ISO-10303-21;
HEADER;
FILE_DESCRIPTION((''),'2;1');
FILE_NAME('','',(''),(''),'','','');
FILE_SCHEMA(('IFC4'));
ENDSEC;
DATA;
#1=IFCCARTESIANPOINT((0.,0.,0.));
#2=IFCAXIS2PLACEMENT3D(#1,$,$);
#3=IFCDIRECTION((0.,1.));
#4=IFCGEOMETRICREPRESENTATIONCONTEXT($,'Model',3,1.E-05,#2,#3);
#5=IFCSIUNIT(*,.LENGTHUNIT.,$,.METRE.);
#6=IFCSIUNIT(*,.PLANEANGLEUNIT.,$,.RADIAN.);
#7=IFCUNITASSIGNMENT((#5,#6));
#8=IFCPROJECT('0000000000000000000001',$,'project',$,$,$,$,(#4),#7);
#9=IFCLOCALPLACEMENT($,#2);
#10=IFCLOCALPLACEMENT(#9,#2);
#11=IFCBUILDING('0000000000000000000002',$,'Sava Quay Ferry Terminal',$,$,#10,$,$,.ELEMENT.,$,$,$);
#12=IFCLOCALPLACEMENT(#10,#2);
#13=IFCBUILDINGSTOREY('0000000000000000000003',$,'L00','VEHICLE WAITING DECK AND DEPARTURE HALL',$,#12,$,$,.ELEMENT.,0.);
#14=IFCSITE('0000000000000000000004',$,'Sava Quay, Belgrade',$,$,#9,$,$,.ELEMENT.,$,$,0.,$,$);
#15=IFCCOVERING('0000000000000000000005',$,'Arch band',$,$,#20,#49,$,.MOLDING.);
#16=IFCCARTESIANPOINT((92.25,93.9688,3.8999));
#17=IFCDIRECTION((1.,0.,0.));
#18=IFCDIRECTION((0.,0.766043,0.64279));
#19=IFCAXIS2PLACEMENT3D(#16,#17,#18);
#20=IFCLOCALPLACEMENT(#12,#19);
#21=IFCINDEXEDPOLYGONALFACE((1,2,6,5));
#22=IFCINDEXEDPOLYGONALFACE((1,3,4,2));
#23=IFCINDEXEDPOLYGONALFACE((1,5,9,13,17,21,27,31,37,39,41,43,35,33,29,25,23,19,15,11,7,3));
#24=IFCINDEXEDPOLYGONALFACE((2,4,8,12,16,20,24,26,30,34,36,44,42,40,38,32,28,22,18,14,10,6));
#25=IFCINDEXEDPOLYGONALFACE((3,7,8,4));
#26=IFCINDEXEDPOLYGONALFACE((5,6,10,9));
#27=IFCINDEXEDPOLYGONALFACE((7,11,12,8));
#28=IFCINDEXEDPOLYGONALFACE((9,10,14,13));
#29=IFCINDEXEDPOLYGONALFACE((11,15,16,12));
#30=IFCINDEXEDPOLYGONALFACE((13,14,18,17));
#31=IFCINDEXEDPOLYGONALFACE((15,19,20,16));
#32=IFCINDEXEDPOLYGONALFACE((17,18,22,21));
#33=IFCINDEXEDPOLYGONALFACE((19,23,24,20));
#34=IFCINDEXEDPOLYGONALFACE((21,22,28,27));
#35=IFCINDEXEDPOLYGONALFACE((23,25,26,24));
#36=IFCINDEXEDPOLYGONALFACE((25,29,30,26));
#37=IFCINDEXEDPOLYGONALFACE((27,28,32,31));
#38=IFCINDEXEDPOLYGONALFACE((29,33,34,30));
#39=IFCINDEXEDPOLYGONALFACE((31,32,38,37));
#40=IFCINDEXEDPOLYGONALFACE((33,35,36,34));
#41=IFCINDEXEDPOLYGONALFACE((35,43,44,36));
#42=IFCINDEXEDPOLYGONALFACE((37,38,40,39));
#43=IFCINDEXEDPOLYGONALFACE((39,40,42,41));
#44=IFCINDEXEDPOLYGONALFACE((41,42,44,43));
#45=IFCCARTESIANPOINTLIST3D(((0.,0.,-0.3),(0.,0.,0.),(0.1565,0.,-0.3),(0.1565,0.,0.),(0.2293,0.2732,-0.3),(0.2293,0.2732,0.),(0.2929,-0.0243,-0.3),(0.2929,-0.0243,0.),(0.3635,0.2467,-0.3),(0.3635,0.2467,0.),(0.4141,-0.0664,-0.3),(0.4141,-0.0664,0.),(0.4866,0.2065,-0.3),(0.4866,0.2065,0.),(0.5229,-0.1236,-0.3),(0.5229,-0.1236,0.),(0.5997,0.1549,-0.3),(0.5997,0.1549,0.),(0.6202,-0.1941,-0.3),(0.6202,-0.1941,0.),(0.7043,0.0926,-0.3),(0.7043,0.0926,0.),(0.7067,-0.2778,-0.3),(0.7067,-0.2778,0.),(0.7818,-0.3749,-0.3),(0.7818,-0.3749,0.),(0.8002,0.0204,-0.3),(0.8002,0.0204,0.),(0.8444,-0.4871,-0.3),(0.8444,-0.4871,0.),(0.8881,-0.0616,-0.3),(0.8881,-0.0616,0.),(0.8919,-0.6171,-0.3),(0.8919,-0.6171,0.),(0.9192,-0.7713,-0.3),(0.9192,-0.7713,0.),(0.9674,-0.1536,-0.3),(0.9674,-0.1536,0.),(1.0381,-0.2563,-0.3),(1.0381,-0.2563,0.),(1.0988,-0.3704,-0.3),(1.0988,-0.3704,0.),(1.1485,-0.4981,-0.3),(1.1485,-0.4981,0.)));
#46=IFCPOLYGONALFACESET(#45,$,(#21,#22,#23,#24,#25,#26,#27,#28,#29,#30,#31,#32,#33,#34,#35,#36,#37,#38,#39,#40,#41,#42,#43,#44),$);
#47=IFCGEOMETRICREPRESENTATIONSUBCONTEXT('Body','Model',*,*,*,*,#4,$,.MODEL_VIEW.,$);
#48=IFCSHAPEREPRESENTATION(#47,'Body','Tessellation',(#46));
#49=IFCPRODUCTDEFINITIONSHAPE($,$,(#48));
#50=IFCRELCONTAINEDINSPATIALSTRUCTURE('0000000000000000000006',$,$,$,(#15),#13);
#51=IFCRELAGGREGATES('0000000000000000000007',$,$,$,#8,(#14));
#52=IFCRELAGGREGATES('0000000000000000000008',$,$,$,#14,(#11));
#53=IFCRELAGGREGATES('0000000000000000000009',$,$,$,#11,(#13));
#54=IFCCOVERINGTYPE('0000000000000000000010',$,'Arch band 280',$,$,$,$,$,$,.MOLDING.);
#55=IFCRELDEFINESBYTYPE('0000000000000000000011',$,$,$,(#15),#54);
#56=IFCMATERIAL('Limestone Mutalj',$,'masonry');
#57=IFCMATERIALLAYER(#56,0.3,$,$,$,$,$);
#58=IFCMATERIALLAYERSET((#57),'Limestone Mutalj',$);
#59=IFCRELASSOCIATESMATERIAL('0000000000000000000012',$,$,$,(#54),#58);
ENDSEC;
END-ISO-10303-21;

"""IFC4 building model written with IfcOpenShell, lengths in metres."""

from ifc_helpers import new_model, si_unit, direction, frame, origin, place, context, subcontext, project, spatial, polyline, outline, extrude, material, layer, layer_set, type_object, element, save


model = new_model("IFC4")

# Units and contexts
model_context = context("Model", 3, precision=1e-05, world=origin(), true_north=direction((0.0, 1.0)))
body_context = subcontext(model_context, "Body", "Model", "MODEL_VIEW")
ifc_project = project(units=[si_unit("LENGTHUNIT", "METRE"), si_unit("PLANEANGLEUNIT", "RADIAN")], contexts=[model_context])

# Site, building, storey
site_placement = place(None, origin())
site = spatial("IfcSite", under=ifc_project, at=site_placement, Name="Sava Quay, Belgrade", CompositionType="ELEMENT", RefElevation=0.0)
building_placement = place(site_placement, origin())
building = spatial("IfcBuilding", under=site, at=building_placement, Name="Sava Quay Ferry Terminal", CompositionType="ELEMENT")
storey_placement = place(building_placement, origin())
storey = spatial("IfcBuildingStorey", under=building, at=storey_placement, Name="L00", Description="VEHICLE WAITING DECK AND DEPARTURE HALL", CompositionType="ELEMENT", Elevation=0.0)

# Covering
ifc_material_1 = material(Name="Limestone Mutalj", Category="masonry")
ifc_layer_1 = layer(ifc_material_1, 0.3)
ifc_layer_set_1 = layer_set([ifc_layer_1], Name="Limestone Mutalj")
covering_type = type_object("IfcCoveringType", Name="Arch band 280", PredefinedType="MOLDING", material=ifc_layer_set_1)
for number, where, z_axis, x_axis, name in (
    (1, (92.25, 93.9688, 3.8999), (1.0, 0.0, 0.0), (0.0, 0.766043, 0.64279), "Arch band"),
):
    element("IfcCovering", number, at=place(storey_placement, frame(where, z_axis=z_axis, x_axis=x_axis)), inside=storey, type_object=covering_type, Name=name, PredefinedType="MOLDING", context=body_context, shape_type="SweptSolid", body=[
        extrude(outline(polyline([(0.0, 0.0), (0.1565, 0.0), (0.2929, -0.0243), (0.4141, -0.0664), (0.5229, -0.1236), (0.6202, -0.1941), (0.7067, -0.2778), (0.7818, -0.3749), (0.8444, -0.4871), (0.8919, -0.6171), (0.9192, -0.7713), (1.1485, -0.4981), (1.0988, -0.3704), (1.0381, -0.2563), (0.9674, -0.1536), (0.8881, -0.0616), (0.8002, 0.0204), (0.7043, 0.0926), (0.5997, 0.1549), (0.4866, 0.2065), (0.3635, 0.2467), (0.2293, 0.2732), (0.0, 0.0)])), origin(), (0.0, 0.0, -1.0), 0.3),
    ])

save(model, "model.ifc")
